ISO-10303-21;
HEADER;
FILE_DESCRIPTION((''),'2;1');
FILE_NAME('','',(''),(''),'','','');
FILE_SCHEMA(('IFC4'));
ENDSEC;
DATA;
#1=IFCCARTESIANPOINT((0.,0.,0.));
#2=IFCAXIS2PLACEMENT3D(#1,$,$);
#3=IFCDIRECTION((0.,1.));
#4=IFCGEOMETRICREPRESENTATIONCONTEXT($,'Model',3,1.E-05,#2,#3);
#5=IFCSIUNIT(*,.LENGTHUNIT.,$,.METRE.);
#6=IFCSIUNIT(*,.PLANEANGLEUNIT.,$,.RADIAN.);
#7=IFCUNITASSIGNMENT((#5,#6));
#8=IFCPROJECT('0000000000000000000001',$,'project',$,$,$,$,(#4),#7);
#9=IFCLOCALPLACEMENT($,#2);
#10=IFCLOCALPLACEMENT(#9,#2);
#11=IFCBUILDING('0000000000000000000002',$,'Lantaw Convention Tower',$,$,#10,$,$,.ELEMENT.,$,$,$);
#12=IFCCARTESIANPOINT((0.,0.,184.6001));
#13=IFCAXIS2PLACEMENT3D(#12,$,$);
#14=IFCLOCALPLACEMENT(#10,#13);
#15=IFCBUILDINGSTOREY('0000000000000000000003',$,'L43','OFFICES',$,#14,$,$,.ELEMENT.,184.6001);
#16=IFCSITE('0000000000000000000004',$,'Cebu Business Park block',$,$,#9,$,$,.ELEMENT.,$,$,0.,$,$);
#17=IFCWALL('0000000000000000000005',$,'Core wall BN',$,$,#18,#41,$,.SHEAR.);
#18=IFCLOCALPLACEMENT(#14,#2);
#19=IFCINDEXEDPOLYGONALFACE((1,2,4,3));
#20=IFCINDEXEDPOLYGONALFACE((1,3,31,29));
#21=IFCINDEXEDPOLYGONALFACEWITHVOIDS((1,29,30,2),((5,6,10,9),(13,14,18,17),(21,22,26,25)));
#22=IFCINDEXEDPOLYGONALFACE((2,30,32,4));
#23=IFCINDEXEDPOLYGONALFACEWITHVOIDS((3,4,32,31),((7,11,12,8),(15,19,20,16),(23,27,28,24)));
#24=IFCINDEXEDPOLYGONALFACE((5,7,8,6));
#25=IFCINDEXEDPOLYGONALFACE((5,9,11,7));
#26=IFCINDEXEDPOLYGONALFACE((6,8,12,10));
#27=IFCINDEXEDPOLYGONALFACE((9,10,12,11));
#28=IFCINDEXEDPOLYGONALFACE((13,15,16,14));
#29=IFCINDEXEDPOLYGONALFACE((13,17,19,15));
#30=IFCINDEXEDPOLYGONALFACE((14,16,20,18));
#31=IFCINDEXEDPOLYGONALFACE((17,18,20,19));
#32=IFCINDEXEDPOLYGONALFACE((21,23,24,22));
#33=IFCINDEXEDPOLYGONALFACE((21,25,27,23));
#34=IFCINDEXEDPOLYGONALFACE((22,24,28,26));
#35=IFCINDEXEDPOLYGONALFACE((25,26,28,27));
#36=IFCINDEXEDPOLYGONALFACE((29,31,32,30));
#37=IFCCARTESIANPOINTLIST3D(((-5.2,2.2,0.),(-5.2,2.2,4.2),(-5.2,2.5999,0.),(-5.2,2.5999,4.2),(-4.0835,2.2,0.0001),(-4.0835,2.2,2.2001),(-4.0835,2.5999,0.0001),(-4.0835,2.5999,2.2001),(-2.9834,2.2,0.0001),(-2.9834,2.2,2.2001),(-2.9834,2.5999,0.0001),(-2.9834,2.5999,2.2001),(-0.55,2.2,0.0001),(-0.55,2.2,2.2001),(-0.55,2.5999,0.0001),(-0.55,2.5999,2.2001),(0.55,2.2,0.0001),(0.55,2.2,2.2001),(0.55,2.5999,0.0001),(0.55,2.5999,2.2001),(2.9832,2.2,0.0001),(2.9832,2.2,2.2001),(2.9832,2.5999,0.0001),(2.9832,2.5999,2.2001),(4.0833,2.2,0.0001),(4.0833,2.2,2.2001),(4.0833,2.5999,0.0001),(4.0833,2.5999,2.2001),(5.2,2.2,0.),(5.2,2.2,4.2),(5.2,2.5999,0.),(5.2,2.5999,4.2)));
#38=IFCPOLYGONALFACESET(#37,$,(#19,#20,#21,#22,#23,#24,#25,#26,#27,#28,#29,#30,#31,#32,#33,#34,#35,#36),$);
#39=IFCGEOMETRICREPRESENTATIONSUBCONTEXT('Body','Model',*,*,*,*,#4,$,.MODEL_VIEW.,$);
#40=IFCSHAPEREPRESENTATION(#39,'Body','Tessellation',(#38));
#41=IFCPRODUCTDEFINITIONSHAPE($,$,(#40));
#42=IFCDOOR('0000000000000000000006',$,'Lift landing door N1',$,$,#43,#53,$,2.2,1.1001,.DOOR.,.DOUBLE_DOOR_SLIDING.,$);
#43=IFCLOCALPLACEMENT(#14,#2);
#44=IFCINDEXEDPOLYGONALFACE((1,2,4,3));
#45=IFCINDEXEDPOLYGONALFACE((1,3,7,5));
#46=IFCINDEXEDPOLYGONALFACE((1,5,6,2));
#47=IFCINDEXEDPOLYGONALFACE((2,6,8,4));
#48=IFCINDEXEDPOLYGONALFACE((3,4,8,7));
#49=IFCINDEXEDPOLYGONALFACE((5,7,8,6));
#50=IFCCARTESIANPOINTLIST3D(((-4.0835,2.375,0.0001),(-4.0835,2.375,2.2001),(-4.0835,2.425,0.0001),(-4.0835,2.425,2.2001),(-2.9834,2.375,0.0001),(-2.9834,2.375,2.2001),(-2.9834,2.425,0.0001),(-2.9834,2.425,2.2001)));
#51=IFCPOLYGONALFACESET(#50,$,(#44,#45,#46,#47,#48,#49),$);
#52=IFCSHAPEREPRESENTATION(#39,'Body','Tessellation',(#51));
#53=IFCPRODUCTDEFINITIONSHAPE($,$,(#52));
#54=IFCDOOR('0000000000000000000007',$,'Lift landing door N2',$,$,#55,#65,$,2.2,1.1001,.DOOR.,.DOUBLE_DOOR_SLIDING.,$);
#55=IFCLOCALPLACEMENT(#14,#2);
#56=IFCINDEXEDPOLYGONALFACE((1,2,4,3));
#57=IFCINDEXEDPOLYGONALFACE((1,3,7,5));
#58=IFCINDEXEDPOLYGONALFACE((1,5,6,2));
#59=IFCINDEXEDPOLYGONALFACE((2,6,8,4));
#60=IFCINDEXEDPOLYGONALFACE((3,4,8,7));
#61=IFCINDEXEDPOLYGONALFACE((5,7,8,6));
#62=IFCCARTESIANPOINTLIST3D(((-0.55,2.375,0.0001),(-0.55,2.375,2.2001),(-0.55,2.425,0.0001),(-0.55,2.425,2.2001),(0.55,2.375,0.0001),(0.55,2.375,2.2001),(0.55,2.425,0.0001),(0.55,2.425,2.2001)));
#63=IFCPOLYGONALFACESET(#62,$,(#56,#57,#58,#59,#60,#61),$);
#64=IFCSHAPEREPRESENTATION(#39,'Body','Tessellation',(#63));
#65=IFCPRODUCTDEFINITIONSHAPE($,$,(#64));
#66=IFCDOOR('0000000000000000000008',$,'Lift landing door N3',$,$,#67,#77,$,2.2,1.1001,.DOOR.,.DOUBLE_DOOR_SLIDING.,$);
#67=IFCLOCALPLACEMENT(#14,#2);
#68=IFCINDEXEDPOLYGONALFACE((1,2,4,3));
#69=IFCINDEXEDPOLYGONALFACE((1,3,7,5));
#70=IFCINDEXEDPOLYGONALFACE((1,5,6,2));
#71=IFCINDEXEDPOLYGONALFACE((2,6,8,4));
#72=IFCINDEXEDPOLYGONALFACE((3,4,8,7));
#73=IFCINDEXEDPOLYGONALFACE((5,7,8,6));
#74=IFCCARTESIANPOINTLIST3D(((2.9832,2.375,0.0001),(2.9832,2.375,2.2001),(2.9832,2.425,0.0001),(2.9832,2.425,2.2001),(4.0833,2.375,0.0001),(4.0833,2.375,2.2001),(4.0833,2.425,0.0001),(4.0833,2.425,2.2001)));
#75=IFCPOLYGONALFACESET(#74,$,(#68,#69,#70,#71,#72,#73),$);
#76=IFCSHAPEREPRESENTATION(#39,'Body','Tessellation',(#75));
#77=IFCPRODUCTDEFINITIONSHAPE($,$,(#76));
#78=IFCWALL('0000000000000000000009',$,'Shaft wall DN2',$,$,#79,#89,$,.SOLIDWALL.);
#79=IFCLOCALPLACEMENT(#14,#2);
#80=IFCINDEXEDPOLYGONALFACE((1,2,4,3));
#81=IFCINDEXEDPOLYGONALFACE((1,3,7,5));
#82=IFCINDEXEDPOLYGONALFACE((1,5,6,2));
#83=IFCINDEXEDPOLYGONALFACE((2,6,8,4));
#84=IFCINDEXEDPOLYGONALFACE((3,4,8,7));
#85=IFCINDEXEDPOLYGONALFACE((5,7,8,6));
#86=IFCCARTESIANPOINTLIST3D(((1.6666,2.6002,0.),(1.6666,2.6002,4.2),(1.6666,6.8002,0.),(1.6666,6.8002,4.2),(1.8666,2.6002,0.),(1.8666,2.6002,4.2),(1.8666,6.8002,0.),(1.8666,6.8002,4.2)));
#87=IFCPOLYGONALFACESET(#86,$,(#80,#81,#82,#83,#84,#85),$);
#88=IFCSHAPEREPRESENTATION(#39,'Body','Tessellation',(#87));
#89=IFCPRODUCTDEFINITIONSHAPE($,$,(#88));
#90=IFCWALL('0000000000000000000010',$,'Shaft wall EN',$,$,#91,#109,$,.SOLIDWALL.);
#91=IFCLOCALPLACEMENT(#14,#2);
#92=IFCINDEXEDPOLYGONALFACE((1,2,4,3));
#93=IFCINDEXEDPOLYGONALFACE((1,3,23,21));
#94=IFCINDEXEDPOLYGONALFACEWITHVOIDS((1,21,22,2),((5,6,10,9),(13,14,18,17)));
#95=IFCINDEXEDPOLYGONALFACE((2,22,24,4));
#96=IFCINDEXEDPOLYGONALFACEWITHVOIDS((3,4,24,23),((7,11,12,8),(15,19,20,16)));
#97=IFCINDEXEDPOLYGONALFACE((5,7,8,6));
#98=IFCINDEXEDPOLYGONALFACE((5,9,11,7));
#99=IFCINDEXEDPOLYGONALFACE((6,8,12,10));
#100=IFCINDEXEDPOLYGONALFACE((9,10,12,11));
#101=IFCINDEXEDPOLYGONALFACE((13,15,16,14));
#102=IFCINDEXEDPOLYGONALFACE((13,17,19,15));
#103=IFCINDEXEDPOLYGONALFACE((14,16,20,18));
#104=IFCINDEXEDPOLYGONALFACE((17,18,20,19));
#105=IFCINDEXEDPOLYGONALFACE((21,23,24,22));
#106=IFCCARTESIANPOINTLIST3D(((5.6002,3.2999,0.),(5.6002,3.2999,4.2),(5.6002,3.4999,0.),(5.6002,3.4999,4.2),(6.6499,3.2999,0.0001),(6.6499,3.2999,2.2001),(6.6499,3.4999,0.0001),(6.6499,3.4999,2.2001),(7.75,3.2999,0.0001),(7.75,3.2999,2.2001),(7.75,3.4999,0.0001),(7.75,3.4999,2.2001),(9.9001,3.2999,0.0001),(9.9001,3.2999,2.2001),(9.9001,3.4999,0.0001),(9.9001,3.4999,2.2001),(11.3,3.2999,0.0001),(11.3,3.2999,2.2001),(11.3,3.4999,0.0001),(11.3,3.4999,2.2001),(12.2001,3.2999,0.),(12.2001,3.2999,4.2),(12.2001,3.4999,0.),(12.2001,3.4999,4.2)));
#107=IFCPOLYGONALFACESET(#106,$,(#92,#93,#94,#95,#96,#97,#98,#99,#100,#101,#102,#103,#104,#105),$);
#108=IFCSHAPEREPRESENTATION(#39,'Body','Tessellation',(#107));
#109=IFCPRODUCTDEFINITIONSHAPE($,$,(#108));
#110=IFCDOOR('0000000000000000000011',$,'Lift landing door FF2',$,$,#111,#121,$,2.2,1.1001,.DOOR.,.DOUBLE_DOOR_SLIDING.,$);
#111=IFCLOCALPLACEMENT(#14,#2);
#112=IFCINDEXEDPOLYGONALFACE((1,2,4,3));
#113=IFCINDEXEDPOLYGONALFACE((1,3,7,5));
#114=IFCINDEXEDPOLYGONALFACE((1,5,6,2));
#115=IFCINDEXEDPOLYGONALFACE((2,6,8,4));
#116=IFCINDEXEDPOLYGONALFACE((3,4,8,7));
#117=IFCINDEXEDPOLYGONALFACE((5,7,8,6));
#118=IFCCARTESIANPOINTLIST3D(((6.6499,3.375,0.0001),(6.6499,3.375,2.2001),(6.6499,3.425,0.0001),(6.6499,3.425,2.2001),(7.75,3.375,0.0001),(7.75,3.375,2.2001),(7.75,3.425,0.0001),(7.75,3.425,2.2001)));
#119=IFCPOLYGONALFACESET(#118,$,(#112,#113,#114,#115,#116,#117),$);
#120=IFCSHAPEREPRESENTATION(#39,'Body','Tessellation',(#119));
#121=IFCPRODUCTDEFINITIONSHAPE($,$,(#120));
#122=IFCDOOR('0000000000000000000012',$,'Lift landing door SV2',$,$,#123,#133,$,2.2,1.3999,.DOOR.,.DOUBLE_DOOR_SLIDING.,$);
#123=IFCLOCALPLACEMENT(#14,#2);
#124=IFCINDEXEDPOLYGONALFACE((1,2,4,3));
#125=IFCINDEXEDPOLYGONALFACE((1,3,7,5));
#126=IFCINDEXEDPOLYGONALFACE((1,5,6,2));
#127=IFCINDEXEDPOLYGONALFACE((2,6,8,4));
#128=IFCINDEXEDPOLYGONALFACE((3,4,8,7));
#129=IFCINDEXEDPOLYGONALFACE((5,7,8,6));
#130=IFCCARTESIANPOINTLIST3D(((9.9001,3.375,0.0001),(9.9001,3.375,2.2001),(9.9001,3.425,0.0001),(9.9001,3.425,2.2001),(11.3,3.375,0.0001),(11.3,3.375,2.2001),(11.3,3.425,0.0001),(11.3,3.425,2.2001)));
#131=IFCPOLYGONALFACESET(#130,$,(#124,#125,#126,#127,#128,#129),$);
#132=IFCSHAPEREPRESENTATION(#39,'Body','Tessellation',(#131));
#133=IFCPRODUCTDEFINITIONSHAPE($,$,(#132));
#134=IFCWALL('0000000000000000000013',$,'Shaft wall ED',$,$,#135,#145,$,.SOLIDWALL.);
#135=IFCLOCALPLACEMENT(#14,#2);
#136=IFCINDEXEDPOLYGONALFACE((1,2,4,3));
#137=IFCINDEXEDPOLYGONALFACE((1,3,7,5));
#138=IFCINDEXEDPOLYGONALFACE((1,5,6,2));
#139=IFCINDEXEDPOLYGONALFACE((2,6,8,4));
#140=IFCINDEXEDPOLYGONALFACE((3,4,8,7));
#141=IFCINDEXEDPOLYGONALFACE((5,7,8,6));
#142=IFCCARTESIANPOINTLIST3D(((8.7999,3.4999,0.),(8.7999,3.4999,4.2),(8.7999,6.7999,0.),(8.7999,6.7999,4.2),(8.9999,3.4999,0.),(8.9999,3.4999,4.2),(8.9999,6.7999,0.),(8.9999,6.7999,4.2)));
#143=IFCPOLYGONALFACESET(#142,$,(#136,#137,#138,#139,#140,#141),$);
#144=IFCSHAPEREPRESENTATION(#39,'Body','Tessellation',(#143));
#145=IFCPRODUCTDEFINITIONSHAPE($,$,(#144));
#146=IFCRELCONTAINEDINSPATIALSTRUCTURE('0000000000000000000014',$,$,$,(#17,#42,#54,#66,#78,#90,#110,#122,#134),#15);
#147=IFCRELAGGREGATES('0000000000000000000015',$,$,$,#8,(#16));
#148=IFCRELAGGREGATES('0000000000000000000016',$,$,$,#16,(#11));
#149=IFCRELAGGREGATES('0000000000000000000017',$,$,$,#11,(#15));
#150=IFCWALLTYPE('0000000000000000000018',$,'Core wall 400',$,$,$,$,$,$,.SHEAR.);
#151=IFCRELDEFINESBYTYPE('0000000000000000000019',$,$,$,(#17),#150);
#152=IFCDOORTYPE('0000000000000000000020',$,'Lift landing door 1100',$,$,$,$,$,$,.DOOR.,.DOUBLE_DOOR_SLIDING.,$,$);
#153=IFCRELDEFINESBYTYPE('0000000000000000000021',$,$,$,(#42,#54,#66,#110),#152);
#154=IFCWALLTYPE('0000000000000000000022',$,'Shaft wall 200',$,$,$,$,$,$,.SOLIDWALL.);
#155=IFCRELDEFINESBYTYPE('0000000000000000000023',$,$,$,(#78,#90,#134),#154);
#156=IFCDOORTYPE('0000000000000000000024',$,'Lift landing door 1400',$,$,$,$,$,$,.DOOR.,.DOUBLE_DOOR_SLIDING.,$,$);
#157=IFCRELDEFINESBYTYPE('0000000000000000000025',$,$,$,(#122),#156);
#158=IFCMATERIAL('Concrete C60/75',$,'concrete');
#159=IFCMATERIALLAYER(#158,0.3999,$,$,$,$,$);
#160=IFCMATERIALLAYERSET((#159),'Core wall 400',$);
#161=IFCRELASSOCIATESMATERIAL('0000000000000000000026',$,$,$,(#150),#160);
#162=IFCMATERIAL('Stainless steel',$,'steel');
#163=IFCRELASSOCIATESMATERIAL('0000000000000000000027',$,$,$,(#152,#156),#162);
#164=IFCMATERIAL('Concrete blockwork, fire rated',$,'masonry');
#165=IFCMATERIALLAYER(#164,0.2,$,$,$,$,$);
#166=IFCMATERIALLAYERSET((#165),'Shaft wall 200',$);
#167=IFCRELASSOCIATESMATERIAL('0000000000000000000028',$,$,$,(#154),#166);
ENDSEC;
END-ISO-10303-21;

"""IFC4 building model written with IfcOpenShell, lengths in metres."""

from ifc_helpers import new_model, si_unit, direction, frame, frame_2d, origin, place, context, subcontext, project, spatial, rectangle, extrude, material, layer, layer_set, type_object, element, fill, save


model = new_model("IFC4")

# Units and contexts
model_context = context("Model", 3, precision=1e-05, world=origin(), true_north=direction((0.0, 1.0)))
body_context = subcontext(model_context, "Body", "Model", "MODEL_VIEW")
ifc_project = project(units=[si_unit("LENGTHUNIT", "METRE"), si_unit("PLANEANGLEUNIT", "RADIAN")], contexts=[model_context])

# Site, building, storey
site_placement = place(None, origin())
site = spatial("IfcSite", under=ifc_project, at=site_placement, Name="Cebu Business Park block", CompositionType="ELEMENT", RefElevation=0.0)
building_placement = place(site_placement, origin())
building = spatial("IfcBuilding", under=site, at=building_placement, Name="Lantaw Convention Tower", CompositionType="ELEMENT")
storey_placement = place(building_placement, frame((0.0, 0.0, 184.6001)))
storey = spatial("IfcBuildingStorey", under=building, at=storey_placement, Name="L43", Description="OFFICES", CompositionType="ELEMENT", Elevation=184.6001)

# Shared definitions
ifc_material_1 = material(Name="Concrete C60/75", Category="concrete")

# Wall, openings, doors
ifc_layer_1 = layer(ifc_material_1, 0.3999)
ifc_layer_set_1 = layer_set([ifc_layer_1], Name="Core wall 400")
wall_type_1 = type_object("IfcWallType", Name="Core wall 400", PredefinedType="SHEAR", material=ifc_layer_set_1)
wall_1_placement = place(storey_placement, frame((5.2, 2.3999, 0.0), z_axis=(0.0, 0.0, 1.0), x_axis=(-1.0, 0.0, 0.0)))
wall_1 = element("IfcWall", 1, at=wall_1_placement, inside=storey, type_object=wall_type_1, Name="Core wall BN", PredefinedType="SHEAR", context=body_context, shape_type="SweptSolid", body=[
    extrude(rectangle(XDim=10.3999, YDim=0.3999, at=frame_2d((5.2, 0.0))), origin(), (0.0, 0.0, 1.0), 4.2),
])
opening_1_placement = place(wall_1_placement, frame((8.1833, 0.0, 0.0)))
opening_1 = element("IfcOpeningElement", 2, at=opening_1_placement, cuts=wall_1, PredefinedType="OPENING", context=body_context, shape_type="SweptSolid", body=[
    extrude(rectangle(XDim=1.1001, YDim=2.2, at=frame_2d((0.55, 1.1001))), frame((0.0, 0.21, 0.0), z_axis=(0.0, -1.0, 0.0), x_axis=(1.0, 0.0, 0.0)), (0.0, 0.0, 1.0), 0.4199),
])
opening_2_placement = place(wall_1_placement, frame((4.6499, 0.0, 0.0)))
opening_2 = element("IfcOpeningElement", 3, at=opening_2_placement, cuts=wall_1, PredefinedType="OPENING", context=body_context, shape_type="SweptSolid", body=[
    extrude(rectangle(XDim=1.1001, YDim=2.2, at=frame_2d((0.55, 1.1001))), frame((0.0, 0.21, 0.0), z_axis=(0.0, -1.0, 0.0), x_axis=(1.0, 0.0, 0.0)), (0.0, 0.0, 1.0), 0.4199),
])
opening_3_placement = place(wall_1_placement, frame((1.1167, 0.0, 0.0)))
opening_3 = element("IfcOpeningElement", 4, at=opening_3_placement, cuts=wall_1, PredefinedType="OPENING", context=body_context, shape_type="SweptSolid", body=[
    extrude(rectangle(XDim=1.1001, YDim=2.2, at=frame_2d((0.55, 1.1001))), frame((0.0, 0.21, 0.0), z_axis=(0.0, -1.0, 0.0), x_axis=(1.0, 0.0, 0.0)), (0.0, 0.0, 1.0), 0.4199),
])
ifc_material_2 = material(Name="Stainless steel", Category="steel")
door_type_1 = type_object("IfcDoorType", Name="Lift landing door 1100", OperationType="DOUBLE_DOOR_SLIDING", PredefinedType="DOOR", material=ifc_material_2)
door_1_placement = place(opening_1_placement, origin())
door_1 = element("IfcDoor", 5, at=door_1_placement, inside=storey, type_object=door_type_1, Name="Lift landing door N1", OperationType="DOUBLE_DOOR_SLIDING", OverallHeight=2.2, OverallWidth=1.1001, PredefinedType="DOOR", context=body_context, shape_type="SweptSolid", body=[
    extrude(rectangle(XDim=1.1001, YDim=2.2, at=frame_2d((0.55, 1.1001))), frame((0.0, 0.0249, 0.0), z_axis=(0.0, -1.0, 0.0), x_axis=(1.0, 0.0, 0.0)), (0.0, 0.0, 1.0), 0.05),
])
fill(opening_1, door_1)
door_2_placement = place(opening_2_placement, origin())
door_2 = element("IfcDoor", 6, at=door_2_placement, inside=storey, type_object=door_type_1, Name="Lift landing door N2", OperationType="DOUBLE_DOOR_SLIDING", OverallHeight=2.2, OverallWidth=1.1001, PredefinedType="DOOR", context=body_context, shape_type="SweptSolid", body=[
    extrude(rectangle(XDim=1.1001, YDim=2.2, at=frame_2d((0.55, 1.1001))), frame((0.0, 0.0249, 0.0), z_axis=(0.0, -1.0, 0.0), x_axis=(1.0, 0.0, 0.0)), (0.0, 0.0, 1.0), 0.05),
])
fill(opening_2, door_2)
door_3_placement = place(opening_3_placement, origin())
door_3 = element("IfcDoor", 7, at=door_3_placement, inside=storey, type_object=door_type_1, Name="Lift landing door N3", OperationType="DOUBLE_DOOR_SLIDING", OverallHeight=2.2, OverallWidth=1.1001, PredefinedType="DOOR", context=body_context, shape_type="SweptSolid", body=[
    extrude(rectangle(XDim=1.1001, YDim=2.2, at=frame_2d((0.55, 1.1001))), frame((0.0, 0.0249, 0.0), z_axis=(0.0, -1.0, 0.0), x_axis=(1.0, 0.0, 0.0)), (0.0, 0.0, 1.0), 0.05),
])
fill(opening_3, door_3)

# Wall
ifc_material_3 = material(Name="Concrete blockwork, fire rated", Category="masonry")
ifc_layer_2 = layer(ifc_material_3, 0.2)
ifc_layer_set_2 = layer_set([ifc_layer_2], Name="Shaft wall 200")
wall_type_2 = type_object("IfcWallType", Name="Shaft wall 200", PredefinedType="SOLIDWALL", material=ifc_layer_set_2)
wall_2_placement = place(storey_placement, frame((1.7666, 2.6001, 0.0), z_axis=(0.0, 0.0, 1.0), x_axis=(0.0, 1.0, 0.0)))
element("IfcWall", 8, at=wall_2_placement, inside=storey, type_object=wall_type_2, Name="Shaft wall DN2", PredefinedType="SOLIDWALL", context=body_context, shape_type="SweptSolid", body=[
    extrude(rectangle(XDim=4.2, YDim=0.2, at=frame_2d((2.1001, 0.0))), origin(), (0.0, 0.0, 1.0), 4.2),
])

# Wall, openings, doors
wall_3_placement = place(storey_placement, frame((12.2, 3.3999, 0.0), z_axis=(0.0, 0.0, 1.0), x_axis=(-1.0, 0.0, 0.0)))
wall_3 = element("IfcWall", 9, at=wall_3_placement, inside=storey, type_object=wall_type_2, Name="Shaft wall EN", PredefinedType="SOLIDWALL", context=body_context, shape_type="SweptSolid", body=[
    extrude(rectangle(XDim=6.5999, YDim=0.2, at=frame_2d((3.2998, 0.0))), origin(), (0.0, 0.0, 1.0), 4.2),
])
opening_4_placement = place(wall_3_placement, frame((4.45, 0.0, 0.0)))
opening_4 = element("IfcOpeningElement", 10, at=opening_4_placement, cuts=wall_3, PredefinedType="OPENING", context=body_context, shape_type="SweptSolid", body=[
    extrude(rectangle(XDim=1.1001, YDim=2.2, at=frame_2d((0.55, 1.1001))), frame((0.0, 0.1099, 0.0), z_axis=(0.0, -1.0, 0.0), x_axis=(1.0, 0.0, 0.0)), (0.0, 0.0, 1.0), 0.22),
])
opening_5_placement = place(wall_3_placement, frame((0.8999, 0.0, 0.0)))
opening_5 = element("IfcOpeningElement", 11, at=opening_5_placement, cuts=wall_3, PredefinedType="OPENING", context=body_context, shape_type="SweptSolid", body=[
    extrude(rectangle(XDim=1.3999, YDim=2.2, at=frame_2d((0.7, 1.1001))), frame((0.0, 0.1099, 0.0), z_axis=(0.0, -1.0, 0.0), x_axis=(1.0, 0.0, 0.0)), (0.0, 0.0, 1.0), 0.22),
])
door_4_placement = place(opening_4_placement, origin())
door_4 = element("IfcDoor", 12, at=door_4_placement, inside=storey, type_object=door_type_1, Name="Lift landing door FF2", OperationType="DOUBLE_DOOR_SLIDING", OverallHeight=2.2, OverallWidth=1.1001, PredefinedType="DOOR", context=body_context, shape_type="SweptSolid", body=[
    extrude(rectangle(XDim=1.1001, YDim=2.2, at=frame_2d((0.55, 1.1001))), frame((0.0, 0.0249, 0.0), z_axis=(0.0, -1.0, 0.0), x_axis=(1.0, 0.0, 0.0)), (0.0, 0.0, 1.0), 0.05),
])
fill(opening_4, door_4)
door_type_2 = type_object("IfcDoorType", Name="Lift landing door 1400", OperationType="DOUBLE_DOOR_SLIDING", PredefinedType="DOOR", material=ifc_material_2)
door_5_placement = place(opening_5_placement, origin())
door_5 = element("IfcDoor", 13, at=door_5_placement, inside=storey, type_object=door_type_2, Name="Lift landing door SV2", OperationType="DOUBLE_DOOR_SLIDING", OverallHeight=2.2, OverallWidth=1.3999, PredefinedType="DOOR", context=body_context, shape_type="SweptSolid", body=[
    extrude(rectangle(XDim=1.3999, YDim=2.2, at=frame_2d((0.7, 1.1001))), frame((0.0, 0.0249, 0.0), z_axis=(0.0, -1.0, 0.0), x_axis=(1.0, 0.0, 0.0)), (0.0, 0.0, 1.0), 0.05),
])
fill(opening_5, door_5)

# Wall
wall_4_placement = place(storey_placement, frame((8.8999, 3.5, 0.0), z_axis=(0.0, 0.0, 1.0), x_axis=(0.0, 1.0, 0.0)))
element("IfcWall", 14, at=wall_4_placement, inside=storey, type_object=wall_type_2, Name="Shaft wall ED", PredefinedType="SOLIDWALL", context=body_context, shape_type="SweptSolid", body=[
    extrude(rectangle(XDim=3.3, YDim=0.2, at=frame_2d((1.6499, 0.0))), origin(), (0.0, 0.0, 1.0), 4.2),
])

save(model, "model.ifc")
